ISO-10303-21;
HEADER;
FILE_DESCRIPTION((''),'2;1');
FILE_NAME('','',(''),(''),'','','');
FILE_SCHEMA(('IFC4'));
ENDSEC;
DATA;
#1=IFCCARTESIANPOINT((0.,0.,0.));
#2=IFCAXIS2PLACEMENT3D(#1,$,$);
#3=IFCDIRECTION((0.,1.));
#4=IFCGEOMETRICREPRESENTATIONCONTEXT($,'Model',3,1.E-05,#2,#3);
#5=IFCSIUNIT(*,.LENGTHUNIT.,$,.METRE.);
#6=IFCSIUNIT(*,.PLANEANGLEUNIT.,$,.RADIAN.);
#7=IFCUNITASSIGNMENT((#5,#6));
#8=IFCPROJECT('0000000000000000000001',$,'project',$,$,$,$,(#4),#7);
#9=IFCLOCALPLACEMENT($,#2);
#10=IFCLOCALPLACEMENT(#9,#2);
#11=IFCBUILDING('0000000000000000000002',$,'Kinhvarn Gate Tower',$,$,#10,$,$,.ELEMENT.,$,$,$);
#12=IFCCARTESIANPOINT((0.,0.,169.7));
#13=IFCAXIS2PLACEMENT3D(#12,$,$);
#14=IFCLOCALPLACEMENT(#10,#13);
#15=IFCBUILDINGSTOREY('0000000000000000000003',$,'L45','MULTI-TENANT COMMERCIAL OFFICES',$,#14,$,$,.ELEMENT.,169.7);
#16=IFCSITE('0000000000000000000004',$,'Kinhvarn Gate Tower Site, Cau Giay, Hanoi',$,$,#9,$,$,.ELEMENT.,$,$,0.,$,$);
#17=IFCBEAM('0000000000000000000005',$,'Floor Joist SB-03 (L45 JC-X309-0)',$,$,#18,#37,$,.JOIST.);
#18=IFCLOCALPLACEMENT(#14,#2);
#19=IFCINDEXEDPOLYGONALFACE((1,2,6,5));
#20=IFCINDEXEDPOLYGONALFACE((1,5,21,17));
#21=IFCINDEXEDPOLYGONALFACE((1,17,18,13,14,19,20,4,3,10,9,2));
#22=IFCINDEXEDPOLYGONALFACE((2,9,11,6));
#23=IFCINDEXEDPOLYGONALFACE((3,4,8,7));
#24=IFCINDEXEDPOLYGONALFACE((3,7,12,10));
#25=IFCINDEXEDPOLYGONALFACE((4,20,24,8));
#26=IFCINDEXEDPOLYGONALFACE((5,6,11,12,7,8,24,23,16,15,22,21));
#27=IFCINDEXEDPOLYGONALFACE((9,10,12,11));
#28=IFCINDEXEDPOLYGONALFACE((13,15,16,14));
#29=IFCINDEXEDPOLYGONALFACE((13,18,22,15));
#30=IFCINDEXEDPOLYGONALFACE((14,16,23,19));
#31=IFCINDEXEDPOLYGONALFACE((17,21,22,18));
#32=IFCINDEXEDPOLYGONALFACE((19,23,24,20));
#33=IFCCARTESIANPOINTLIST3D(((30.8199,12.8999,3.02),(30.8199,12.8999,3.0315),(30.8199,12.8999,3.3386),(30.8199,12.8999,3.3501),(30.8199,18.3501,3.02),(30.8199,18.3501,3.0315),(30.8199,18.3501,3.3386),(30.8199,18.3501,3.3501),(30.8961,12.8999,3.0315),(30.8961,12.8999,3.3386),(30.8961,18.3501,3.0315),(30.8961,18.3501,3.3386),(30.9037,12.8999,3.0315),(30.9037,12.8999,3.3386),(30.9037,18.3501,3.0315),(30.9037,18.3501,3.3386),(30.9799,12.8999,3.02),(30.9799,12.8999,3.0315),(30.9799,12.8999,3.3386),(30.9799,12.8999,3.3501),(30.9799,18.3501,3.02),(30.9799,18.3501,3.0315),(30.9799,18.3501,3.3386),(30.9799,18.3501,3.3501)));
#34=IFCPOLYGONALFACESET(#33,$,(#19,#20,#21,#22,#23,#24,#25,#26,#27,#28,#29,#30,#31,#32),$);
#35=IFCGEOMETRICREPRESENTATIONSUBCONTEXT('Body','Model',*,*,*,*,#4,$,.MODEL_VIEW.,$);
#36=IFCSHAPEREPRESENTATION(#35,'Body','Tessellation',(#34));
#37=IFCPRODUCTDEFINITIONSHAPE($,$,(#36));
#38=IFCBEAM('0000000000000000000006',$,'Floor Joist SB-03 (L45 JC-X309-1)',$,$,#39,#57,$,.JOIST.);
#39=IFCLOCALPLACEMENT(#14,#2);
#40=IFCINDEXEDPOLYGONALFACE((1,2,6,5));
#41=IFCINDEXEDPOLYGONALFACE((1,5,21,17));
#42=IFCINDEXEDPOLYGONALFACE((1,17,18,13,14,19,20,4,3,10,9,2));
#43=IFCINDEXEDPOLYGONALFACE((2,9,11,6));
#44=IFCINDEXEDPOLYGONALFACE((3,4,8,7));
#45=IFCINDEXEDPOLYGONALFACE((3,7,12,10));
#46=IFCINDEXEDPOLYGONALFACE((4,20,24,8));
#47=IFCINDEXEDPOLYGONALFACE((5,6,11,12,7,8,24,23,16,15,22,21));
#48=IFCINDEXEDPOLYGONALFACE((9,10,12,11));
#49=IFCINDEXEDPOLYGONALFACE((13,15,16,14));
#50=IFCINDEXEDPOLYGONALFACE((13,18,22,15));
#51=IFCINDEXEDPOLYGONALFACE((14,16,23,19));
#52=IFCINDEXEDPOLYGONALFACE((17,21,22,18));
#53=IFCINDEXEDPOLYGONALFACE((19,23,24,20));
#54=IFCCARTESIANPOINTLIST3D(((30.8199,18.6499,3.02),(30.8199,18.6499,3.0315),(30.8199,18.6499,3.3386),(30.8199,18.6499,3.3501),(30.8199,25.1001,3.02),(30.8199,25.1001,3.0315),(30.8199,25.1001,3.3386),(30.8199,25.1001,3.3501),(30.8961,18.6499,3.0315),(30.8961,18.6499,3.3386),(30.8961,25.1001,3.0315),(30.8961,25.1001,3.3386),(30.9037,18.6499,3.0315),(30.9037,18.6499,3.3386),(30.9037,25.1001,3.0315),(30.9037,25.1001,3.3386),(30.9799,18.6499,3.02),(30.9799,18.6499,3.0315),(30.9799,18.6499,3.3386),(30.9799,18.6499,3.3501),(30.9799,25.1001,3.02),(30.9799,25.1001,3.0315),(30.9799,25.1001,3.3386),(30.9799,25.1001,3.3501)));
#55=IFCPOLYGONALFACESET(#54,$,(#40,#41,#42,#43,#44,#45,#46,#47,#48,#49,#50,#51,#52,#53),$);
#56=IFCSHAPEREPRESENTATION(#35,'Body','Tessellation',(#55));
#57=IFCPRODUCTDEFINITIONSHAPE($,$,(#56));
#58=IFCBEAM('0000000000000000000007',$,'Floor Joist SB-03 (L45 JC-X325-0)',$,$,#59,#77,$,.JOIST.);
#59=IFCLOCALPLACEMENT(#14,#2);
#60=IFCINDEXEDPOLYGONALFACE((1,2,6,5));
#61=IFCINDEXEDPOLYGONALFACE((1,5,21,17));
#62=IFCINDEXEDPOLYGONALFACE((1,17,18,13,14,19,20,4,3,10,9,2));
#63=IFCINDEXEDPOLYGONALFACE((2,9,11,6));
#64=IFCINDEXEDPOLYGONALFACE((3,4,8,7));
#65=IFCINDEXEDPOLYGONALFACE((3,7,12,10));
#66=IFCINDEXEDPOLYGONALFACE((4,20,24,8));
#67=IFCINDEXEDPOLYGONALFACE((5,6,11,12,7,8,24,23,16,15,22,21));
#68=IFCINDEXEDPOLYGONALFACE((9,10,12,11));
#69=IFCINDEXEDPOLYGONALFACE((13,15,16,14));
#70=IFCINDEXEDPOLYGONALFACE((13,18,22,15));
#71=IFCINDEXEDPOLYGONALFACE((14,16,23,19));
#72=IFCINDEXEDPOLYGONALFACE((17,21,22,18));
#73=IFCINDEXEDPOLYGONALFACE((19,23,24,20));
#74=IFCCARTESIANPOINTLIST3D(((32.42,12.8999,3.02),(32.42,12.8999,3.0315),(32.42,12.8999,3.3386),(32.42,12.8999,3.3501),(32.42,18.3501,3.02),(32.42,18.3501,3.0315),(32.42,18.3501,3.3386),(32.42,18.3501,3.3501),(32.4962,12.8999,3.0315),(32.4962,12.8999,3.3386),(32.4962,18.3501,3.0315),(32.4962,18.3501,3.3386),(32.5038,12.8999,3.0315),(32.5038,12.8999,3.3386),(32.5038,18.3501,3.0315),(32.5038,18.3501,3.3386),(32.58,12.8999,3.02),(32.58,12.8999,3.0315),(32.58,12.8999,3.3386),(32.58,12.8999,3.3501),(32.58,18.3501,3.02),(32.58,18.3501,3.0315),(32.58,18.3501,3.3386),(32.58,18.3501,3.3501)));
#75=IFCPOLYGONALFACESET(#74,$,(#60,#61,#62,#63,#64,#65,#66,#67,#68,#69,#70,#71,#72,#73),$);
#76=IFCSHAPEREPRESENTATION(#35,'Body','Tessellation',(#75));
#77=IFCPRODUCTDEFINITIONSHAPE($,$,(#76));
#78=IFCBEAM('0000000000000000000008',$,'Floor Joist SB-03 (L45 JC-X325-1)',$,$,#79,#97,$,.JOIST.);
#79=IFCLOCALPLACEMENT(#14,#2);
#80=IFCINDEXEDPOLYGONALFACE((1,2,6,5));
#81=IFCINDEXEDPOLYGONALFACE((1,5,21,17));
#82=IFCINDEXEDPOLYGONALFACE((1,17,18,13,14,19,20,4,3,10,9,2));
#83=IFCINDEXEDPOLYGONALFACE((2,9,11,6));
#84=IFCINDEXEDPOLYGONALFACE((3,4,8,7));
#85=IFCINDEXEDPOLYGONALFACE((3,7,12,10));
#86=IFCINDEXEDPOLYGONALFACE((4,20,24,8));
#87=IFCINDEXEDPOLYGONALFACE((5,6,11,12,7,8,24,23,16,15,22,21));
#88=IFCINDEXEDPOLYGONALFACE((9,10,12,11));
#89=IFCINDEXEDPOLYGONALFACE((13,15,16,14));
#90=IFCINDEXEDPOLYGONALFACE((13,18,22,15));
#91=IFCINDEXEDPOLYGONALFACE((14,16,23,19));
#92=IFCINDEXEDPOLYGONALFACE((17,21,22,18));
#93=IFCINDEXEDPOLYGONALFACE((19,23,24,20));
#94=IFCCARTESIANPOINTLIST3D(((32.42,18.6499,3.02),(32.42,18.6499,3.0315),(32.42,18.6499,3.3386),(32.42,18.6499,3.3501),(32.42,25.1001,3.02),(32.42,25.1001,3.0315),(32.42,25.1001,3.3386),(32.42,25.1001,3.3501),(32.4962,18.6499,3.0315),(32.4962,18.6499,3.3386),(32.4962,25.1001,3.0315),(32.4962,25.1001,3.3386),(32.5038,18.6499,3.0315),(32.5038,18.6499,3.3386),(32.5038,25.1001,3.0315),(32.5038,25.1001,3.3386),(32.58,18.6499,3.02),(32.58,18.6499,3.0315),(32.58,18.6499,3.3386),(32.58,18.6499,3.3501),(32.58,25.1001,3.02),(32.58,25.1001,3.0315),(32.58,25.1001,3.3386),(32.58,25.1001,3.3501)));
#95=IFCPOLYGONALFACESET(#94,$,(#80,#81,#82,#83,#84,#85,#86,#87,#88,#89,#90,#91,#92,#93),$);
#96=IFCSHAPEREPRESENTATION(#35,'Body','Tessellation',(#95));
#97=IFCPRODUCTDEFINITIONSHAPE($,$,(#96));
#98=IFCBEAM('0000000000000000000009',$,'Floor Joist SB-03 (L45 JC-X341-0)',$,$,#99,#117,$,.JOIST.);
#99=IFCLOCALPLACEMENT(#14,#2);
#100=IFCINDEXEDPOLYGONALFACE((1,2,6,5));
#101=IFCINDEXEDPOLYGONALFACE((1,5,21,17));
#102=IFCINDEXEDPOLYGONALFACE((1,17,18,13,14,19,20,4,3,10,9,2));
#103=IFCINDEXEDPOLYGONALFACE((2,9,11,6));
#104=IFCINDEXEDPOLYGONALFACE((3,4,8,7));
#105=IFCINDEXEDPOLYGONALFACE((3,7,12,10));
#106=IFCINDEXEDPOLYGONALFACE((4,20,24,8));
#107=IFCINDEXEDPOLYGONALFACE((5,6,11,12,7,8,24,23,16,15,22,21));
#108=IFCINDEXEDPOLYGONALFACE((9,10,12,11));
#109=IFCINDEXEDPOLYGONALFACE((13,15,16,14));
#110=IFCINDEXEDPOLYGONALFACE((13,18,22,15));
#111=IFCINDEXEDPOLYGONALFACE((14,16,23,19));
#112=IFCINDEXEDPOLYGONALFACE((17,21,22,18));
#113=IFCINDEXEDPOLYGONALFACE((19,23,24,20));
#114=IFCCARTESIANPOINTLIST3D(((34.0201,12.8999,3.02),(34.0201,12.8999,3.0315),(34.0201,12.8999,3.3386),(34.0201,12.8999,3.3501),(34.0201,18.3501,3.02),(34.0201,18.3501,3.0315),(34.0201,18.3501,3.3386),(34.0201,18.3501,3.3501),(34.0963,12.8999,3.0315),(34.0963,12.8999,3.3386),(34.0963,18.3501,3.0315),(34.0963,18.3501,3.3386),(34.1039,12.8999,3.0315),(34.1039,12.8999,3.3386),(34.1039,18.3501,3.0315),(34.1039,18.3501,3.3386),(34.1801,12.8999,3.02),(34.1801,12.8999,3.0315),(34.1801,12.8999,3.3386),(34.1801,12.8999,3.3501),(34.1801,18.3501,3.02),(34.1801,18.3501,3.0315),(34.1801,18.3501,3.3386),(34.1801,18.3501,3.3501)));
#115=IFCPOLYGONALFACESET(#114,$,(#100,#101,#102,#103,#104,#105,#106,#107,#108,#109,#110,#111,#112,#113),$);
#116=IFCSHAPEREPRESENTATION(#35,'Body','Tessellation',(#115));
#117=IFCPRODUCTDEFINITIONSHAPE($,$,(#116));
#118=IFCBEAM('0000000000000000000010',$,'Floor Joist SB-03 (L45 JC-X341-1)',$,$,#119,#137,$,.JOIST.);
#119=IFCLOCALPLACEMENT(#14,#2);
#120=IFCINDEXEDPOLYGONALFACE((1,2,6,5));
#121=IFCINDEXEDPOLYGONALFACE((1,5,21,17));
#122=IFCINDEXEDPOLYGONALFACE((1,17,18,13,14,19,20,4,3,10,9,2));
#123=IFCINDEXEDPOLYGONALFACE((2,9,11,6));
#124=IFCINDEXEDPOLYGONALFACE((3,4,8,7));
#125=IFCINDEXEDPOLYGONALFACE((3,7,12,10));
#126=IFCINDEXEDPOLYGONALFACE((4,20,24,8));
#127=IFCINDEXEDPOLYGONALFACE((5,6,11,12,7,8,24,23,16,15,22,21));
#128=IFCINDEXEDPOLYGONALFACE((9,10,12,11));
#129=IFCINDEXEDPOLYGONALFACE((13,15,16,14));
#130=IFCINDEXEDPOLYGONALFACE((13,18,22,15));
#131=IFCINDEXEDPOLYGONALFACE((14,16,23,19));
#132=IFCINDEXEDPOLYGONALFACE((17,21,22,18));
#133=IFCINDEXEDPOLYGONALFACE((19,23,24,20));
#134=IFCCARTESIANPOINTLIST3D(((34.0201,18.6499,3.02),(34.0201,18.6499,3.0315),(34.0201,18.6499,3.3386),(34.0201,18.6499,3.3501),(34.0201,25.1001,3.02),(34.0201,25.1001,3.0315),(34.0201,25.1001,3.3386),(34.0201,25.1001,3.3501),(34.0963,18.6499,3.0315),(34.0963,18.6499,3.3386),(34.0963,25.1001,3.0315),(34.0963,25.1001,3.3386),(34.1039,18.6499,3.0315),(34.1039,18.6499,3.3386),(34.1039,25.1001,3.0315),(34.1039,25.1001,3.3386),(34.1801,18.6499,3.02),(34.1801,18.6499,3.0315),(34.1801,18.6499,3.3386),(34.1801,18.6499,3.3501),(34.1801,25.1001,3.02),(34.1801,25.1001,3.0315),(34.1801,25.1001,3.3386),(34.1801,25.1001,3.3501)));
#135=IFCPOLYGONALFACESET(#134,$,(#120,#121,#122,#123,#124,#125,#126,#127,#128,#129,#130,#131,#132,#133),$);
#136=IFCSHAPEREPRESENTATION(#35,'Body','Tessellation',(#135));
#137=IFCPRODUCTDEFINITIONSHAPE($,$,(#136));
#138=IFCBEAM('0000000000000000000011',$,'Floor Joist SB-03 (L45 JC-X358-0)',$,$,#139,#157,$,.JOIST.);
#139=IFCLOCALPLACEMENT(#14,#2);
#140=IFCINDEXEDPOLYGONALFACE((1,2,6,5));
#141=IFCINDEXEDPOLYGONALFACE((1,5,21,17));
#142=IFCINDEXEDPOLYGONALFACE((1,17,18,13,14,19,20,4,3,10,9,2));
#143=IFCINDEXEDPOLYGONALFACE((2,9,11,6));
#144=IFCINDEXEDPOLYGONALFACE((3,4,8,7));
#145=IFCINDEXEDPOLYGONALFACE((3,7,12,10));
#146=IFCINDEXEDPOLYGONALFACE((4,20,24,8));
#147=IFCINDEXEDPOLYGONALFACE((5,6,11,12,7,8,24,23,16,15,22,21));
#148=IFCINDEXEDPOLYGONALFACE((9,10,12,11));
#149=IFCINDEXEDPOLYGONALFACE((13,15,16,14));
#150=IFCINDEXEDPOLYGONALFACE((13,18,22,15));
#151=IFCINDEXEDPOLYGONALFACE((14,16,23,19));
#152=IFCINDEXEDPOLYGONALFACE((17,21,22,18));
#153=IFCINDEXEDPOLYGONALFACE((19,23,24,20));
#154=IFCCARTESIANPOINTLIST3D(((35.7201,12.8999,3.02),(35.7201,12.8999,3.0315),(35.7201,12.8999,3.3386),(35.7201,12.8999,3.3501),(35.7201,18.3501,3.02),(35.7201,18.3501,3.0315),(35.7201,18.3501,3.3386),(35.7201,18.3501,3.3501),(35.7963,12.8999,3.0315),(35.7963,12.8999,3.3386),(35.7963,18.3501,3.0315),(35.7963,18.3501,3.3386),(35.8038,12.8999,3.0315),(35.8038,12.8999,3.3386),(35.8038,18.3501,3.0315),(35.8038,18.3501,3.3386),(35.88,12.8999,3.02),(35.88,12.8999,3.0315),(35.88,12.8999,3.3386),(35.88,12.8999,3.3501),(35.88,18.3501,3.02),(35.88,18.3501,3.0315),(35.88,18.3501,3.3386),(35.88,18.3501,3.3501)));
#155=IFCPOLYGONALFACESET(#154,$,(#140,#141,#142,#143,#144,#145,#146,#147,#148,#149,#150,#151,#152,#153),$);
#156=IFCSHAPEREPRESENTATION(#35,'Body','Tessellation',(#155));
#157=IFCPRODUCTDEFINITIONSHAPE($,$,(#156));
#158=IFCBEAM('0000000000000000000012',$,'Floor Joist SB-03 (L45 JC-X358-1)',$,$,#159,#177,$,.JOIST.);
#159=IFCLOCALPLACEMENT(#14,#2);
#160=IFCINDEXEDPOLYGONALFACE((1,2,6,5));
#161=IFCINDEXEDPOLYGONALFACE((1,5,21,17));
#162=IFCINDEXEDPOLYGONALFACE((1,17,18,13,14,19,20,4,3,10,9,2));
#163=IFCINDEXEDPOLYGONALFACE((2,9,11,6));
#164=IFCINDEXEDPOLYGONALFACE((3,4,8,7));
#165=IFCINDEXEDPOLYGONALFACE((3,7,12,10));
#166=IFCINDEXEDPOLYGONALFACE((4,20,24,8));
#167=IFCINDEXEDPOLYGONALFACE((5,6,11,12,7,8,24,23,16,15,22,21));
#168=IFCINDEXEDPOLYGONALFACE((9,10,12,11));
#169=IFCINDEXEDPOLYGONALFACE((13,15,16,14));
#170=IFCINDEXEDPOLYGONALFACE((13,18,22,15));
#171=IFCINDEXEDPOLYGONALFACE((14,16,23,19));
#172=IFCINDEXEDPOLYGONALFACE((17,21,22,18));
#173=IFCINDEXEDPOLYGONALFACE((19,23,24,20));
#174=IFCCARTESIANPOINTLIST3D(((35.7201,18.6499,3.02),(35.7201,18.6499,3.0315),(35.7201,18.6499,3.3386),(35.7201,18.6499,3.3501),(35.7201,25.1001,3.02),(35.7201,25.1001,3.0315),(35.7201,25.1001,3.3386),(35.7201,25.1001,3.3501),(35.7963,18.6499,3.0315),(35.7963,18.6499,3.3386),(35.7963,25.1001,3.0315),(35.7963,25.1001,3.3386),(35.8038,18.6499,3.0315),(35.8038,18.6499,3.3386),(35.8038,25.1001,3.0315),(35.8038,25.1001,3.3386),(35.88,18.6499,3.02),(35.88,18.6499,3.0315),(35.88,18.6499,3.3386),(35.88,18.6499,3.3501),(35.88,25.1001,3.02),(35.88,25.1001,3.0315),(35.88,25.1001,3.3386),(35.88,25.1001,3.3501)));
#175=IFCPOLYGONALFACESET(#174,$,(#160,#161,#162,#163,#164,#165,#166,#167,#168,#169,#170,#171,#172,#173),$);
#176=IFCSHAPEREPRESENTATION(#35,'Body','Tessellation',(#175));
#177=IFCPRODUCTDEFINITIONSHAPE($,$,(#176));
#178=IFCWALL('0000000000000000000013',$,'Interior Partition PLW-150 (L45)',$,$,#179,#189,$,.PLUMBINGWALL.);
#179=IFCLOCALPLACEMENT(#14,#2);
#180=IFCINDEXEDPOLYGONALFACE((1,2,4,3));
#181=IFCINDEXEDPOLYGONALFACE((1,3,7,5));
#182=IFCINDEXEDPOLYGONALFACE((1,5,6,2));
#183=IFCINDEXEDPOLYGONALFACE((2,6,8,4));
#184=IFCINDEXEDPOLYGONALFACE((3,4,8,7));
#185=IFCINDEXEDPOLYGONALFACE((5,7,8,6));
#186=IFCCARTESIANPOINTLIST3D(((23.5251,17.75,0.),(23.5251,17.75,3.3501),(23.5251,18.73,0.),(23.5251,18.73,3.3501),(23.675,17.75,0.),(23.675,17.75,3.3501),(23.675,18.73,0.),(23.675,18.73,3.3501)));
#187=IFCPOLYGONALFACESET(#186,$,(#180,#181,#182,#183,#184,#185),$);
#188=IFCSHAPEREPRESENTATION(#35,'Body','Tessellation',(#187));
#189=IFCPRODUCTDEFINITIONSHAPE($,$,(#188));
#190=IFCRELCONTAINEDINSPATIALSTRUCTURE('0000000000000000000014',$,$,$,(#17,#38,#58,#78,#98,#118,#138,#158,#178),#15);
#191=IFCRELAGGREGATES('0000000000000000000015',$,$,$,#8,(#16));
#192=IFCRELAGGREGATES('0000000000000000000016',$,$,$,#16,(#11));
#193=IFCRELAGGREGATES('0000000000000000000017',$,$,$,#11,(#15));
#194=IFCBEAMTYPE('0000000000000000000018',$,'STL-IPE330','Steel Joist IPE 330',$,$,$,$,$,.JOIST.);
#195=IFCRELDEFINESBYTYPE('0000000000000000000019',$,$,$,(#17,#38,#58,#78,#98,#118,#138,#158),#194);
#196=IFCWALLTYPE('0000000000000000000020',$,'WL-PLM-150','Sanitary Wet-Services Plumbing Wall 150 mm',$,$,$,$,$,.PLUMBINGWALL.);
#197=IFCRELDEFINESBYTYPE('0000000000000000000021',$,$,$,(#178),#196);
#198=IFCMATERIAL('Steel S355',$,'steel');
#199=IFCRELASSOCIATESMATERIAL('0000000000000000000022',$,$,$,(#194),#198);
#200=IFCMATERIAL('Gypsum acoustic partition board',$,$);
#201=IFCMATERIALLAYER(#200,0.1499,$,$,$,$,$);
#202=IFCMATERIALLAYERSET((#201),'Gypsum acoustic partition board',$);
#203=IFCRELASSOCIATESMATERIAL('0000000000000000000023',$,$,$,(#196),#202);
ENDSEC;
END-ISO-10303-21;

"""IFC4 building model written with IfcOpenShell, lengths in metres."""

from ifc_helpers import new_model, si_unit, direction, frame, frame_2d, origin, origin_2d, place, context, subcontext, project, spatial, rectangle, i_section, extrude, material, layer, layer_set, material_profile, profile_set, type_object, element, save


model = new_model("IFC4")

# Units and contexts
model_context = context("Model", 3, precision=1e-05, world=origin(), true_north=direction((0.0, 1.0)))
body_context = subcontext(model_context, "Body", "Model", "MODEL_VIEW")
ifc_project = project(units=[si_unit("LENGTHUNIT", "METRE"), si_unit("PLANEANGLEUNIT", "RADIAN")], contexts=[model_context])

# Site, building, storey
site_placement = place(None, origin())
site = spatial("IfcSite", under=ifc_project, at=site_placement, Name="Kinhvarn Gate Tower Site, Cau Giay, Hanoi", CompositionType="ELEMENT", RefElevation=0.0)
building_placement = place(site_placement, origin())
building = spatial("IfcBuilding", under=site, at=building_placement, Name="Kinhvarn Gate Tower", CompositionType="ELEMENT")
storey_placement = place(building_placement, frame((0.0, 0.0, 169.7)))
storey = spatial("IfcBuildingStorey", under=building, at=storey_placement, Name="L45", Description="MULTI-TENANT COMMERCIAL OFFICES", CompositionType="ELEMENT", Elevation=169.7)

# Beams
ifc_material_1 = material(Name="Steel S355", Category="steel")
ifc_material_profile_1 = material_profile(ifc_material_1, i_section(OverallWidth=0.1599, OverallDepth=0.3301, WebThickness=0.0076, FlangeThickness=0.0115, at=origin_2d()), Name="IPE 330")
ifc_profile_set_1 = profile_set([ifc_material_profile_1], Name="Steel S355")
beam_type_1 = type_object("IfcBeamType", Name="STL-IPE330", Description="Steel Joist IPE 330", PredefinedType="JOIST", material=ifc_profile_set_1)
beam_1_placement = place(storey_placement, frame((30.8999, 12.8999, 3.1851), z_axis=(0.0, 1.0, 0.0), x_axis=(-1.0, 0.0, 0.0)))
element("IfcBeam", 1, at=beam_1_placement, inside=storey, type_object=beam_type_1, Name="Floor Joist SB-03 (L45 JC-X309-0)", PredefinedType="JOIST", context=body_context, shape_type="SweptSolid", body=[
    extrude(i_section(OverallWidth=0.1599, OverallDepth=0.3301, WebThickness=0.0076, FlangeThickness=0.0115, at=origin_2d()), origin(), (0.0, 0.0, 1.0), 5.4502),
])
beam_2_placement = place(storey_placement, frame((30.8999, 18.6499, 3.1851), z_axis=(0.0, 1.0, 0.0), x_axis=(-1.0, 0.0, 0.0)))
element("IfcBeam", 2, at=beam_2_placement, inside=storey, type_object=beam_type_1, Name="Floor Joist SB-03 (L45 JC-X309-1)", PredefinedType="JOIST", context=body_context, shape_type="SweptSolid", body=[
    extrude(i_section(OverallWidth=0.1599, OverallDepth=0.3301, WebThickness=0.0076, FlangeThickness=0.0115, at=origin_2d()), origin(), (0.0, 0.0, 1.0), 6.4502),
])
beam_3_placement = place(storey_placement, frame((32.5, 12.8999, 3.1851), z_axis=(0.0, 1.0, 0.0), x_axis=(-1.0, 0.0, 0.0)))
element("IfcBeam", 3, at=beam_3_placement, inside=storey, type_object=beam_type_1, Name="Floor Joist SB-03 (L45 JC-X325-0)", PredefinedType="JOIST", context=body_context, shape_type="SweptSolid", body=[
    extrude(i_section(OverallWidth=0.1599, OverallDepth=0.3301, WebThickness=0.0076, FlangeThickness=0.0115, at=origin_2d()), origin(), (0.0, 0.0, 1.0), 5.4502),
])
beam_4_placement = place(storey_placement, frame((32.5, 18.6499, 3.1851), z_axis=(0.0, 1.0, 0.0), x_axis=(-1.0, 0.0, 0.0)))
element("IfcBeam", 4, at=beam_4_placement, inside=storey, type_object=beam_type_1, Name="Floor Joist SB-03 (L45 JC-X325-1)", PredefinedType="JOIST", context=body_context, shape_type="SweptSolid", body=[
    extrude(i_section(OverallWidth=0.1599, OverallDepth=0.3301, WebThickness=0.0076, FlangeThickness=0.0115, at=origin_2d()), origin(), (0.0, 0.0, 1.0), 6.4502),
])
beam_5_placement = place(storey_placement, frame((34.1001, 12.8999, 3.1851), z_axis=(0.0, 1.0, 0.0), x_axis=(-1.0, 0.0, 0.0)))
element("IfcBeam", 5, at=beam_5_placement, inside=storey, type_object=beam_type_1, Name="Floor Joist SB-03 (L45 JC-X341-0)", PredefinedType="JOIST", context=body_context, shape_type="SweptSolid", body=[
    extrude(i_section(OverallWidth=0.1599, OverallDepth=0.3301, WebThickness=0.0076, FlangeThickness=0.0115, at=origin_2d()), origin(), (0.0, 0.0, 1.0), 5.4502),
])
beam_6_placement = place(storey_placement, frame((34.1001, 18.6499, 3.1851), z_axis=(0.0, 1.0, 0.0), x_axis=(-1.0, 0.0, 0.0)))
element("IfcBeam", 6, at=beam_6_placement, inside=storey, type_object=beam_type_1, Name="Floor Joist SB-03 (L45 JC-X341-1)", PredefinedType="JOIST", context=body_context, shape_type="SweptSolid", body=[
    extrude(i_section(OverallWidth=0.1599, OverallDepth=0.3301, WebThickness=0.0076, FlangeThickness=0.0115, at=origin_2d()), origin(), (0.0, 0.0, 1.0), 6.4502),
])
beam_7_placement = place(storey_placement, frame((35.8, 12.8999, 3.1851), z_axis=(0.0, 1.0, 0.0), x_axis=(-1.0, 0.0, 0.0)))
element("IfcBeam", 7, at=beam_7_placement, inside=storey, type_object=beam_type_1, Name="Floor Joist SB-03 (L45 JC-X358-0)", PredefinedType="JOIST", context=body_context, shape_type="SweptSolid", body=[
    extrude(i_section(OverallWidth=0.1599, OverallDepth=0.3301, WebThickness=0.0076, FlangeThickness=0.0115, at=origin_2d()), origin(), (0.0, 0.0, 1.0), 5.4502),
])
beam_8_placement = place(storey_placement, frame((35.8, 18.6499, 3.1851), z_axis=(0.0, 1.0, 0.0), x_axis=(-1.0, 0.0, 0.0)))
element("IfcBeam", 8, at=beam_8_placement, inside=storey, type_object=beam_type_1, Name="Floor Joist SB-03 (L45 JC-X358-1)", PredefinedType="JOIST", context=body_context, shape_type="SweptSolid", body=[
    extrude(i_section(OverallWidth=0.1599, OverallDepth=0.3301, WebThickness=0.0076, FlangeThickness=0.0115, at=origin_2d()), origin(), (0.0, 0.0, 1.0), 6.4502),
])

# Wall
ifc_material_2 = material(Name="Gypsum acoustic partition board")
ifc_layer_1 = layer(ifc_material_2, 0.1499)
ifc_layer_set_1 = layer_set([ifc_layer_1], Name="Gypsum acoustic partition board")
wall_type_1 = type_object("IfcWallType", Name="WL-PLM-150", Description="Sanitary Wet-Services Plumbing Wall 150 mm", PredefinedType="PLUMBINGWALL", material=ifc_layer_set_1)
wall_1_placement = place(storey_placement, frame((23.6001, 17.75, 0.0), z_axis=(0.0, 0.0, 1.0), x_axis=(0.0, 1.0, 0.0)))
element("IfcWall", 9, at=wall_1_placement, inside=storey, type_object=wall_type_1, Name="Interior Partition PLW-150 (L45)", PredefinedType="PLUMBINGWALL", context=body_context, shape_type="SweptSolid", body=[
    extrude(rectangle(XDim=0.98, YDim=0.1499, at=frame_2d((0.49, 0.0))), origin(), (0.0, 0.0, 1.0), 3.3501),
])

save(model, "model.ifc")
